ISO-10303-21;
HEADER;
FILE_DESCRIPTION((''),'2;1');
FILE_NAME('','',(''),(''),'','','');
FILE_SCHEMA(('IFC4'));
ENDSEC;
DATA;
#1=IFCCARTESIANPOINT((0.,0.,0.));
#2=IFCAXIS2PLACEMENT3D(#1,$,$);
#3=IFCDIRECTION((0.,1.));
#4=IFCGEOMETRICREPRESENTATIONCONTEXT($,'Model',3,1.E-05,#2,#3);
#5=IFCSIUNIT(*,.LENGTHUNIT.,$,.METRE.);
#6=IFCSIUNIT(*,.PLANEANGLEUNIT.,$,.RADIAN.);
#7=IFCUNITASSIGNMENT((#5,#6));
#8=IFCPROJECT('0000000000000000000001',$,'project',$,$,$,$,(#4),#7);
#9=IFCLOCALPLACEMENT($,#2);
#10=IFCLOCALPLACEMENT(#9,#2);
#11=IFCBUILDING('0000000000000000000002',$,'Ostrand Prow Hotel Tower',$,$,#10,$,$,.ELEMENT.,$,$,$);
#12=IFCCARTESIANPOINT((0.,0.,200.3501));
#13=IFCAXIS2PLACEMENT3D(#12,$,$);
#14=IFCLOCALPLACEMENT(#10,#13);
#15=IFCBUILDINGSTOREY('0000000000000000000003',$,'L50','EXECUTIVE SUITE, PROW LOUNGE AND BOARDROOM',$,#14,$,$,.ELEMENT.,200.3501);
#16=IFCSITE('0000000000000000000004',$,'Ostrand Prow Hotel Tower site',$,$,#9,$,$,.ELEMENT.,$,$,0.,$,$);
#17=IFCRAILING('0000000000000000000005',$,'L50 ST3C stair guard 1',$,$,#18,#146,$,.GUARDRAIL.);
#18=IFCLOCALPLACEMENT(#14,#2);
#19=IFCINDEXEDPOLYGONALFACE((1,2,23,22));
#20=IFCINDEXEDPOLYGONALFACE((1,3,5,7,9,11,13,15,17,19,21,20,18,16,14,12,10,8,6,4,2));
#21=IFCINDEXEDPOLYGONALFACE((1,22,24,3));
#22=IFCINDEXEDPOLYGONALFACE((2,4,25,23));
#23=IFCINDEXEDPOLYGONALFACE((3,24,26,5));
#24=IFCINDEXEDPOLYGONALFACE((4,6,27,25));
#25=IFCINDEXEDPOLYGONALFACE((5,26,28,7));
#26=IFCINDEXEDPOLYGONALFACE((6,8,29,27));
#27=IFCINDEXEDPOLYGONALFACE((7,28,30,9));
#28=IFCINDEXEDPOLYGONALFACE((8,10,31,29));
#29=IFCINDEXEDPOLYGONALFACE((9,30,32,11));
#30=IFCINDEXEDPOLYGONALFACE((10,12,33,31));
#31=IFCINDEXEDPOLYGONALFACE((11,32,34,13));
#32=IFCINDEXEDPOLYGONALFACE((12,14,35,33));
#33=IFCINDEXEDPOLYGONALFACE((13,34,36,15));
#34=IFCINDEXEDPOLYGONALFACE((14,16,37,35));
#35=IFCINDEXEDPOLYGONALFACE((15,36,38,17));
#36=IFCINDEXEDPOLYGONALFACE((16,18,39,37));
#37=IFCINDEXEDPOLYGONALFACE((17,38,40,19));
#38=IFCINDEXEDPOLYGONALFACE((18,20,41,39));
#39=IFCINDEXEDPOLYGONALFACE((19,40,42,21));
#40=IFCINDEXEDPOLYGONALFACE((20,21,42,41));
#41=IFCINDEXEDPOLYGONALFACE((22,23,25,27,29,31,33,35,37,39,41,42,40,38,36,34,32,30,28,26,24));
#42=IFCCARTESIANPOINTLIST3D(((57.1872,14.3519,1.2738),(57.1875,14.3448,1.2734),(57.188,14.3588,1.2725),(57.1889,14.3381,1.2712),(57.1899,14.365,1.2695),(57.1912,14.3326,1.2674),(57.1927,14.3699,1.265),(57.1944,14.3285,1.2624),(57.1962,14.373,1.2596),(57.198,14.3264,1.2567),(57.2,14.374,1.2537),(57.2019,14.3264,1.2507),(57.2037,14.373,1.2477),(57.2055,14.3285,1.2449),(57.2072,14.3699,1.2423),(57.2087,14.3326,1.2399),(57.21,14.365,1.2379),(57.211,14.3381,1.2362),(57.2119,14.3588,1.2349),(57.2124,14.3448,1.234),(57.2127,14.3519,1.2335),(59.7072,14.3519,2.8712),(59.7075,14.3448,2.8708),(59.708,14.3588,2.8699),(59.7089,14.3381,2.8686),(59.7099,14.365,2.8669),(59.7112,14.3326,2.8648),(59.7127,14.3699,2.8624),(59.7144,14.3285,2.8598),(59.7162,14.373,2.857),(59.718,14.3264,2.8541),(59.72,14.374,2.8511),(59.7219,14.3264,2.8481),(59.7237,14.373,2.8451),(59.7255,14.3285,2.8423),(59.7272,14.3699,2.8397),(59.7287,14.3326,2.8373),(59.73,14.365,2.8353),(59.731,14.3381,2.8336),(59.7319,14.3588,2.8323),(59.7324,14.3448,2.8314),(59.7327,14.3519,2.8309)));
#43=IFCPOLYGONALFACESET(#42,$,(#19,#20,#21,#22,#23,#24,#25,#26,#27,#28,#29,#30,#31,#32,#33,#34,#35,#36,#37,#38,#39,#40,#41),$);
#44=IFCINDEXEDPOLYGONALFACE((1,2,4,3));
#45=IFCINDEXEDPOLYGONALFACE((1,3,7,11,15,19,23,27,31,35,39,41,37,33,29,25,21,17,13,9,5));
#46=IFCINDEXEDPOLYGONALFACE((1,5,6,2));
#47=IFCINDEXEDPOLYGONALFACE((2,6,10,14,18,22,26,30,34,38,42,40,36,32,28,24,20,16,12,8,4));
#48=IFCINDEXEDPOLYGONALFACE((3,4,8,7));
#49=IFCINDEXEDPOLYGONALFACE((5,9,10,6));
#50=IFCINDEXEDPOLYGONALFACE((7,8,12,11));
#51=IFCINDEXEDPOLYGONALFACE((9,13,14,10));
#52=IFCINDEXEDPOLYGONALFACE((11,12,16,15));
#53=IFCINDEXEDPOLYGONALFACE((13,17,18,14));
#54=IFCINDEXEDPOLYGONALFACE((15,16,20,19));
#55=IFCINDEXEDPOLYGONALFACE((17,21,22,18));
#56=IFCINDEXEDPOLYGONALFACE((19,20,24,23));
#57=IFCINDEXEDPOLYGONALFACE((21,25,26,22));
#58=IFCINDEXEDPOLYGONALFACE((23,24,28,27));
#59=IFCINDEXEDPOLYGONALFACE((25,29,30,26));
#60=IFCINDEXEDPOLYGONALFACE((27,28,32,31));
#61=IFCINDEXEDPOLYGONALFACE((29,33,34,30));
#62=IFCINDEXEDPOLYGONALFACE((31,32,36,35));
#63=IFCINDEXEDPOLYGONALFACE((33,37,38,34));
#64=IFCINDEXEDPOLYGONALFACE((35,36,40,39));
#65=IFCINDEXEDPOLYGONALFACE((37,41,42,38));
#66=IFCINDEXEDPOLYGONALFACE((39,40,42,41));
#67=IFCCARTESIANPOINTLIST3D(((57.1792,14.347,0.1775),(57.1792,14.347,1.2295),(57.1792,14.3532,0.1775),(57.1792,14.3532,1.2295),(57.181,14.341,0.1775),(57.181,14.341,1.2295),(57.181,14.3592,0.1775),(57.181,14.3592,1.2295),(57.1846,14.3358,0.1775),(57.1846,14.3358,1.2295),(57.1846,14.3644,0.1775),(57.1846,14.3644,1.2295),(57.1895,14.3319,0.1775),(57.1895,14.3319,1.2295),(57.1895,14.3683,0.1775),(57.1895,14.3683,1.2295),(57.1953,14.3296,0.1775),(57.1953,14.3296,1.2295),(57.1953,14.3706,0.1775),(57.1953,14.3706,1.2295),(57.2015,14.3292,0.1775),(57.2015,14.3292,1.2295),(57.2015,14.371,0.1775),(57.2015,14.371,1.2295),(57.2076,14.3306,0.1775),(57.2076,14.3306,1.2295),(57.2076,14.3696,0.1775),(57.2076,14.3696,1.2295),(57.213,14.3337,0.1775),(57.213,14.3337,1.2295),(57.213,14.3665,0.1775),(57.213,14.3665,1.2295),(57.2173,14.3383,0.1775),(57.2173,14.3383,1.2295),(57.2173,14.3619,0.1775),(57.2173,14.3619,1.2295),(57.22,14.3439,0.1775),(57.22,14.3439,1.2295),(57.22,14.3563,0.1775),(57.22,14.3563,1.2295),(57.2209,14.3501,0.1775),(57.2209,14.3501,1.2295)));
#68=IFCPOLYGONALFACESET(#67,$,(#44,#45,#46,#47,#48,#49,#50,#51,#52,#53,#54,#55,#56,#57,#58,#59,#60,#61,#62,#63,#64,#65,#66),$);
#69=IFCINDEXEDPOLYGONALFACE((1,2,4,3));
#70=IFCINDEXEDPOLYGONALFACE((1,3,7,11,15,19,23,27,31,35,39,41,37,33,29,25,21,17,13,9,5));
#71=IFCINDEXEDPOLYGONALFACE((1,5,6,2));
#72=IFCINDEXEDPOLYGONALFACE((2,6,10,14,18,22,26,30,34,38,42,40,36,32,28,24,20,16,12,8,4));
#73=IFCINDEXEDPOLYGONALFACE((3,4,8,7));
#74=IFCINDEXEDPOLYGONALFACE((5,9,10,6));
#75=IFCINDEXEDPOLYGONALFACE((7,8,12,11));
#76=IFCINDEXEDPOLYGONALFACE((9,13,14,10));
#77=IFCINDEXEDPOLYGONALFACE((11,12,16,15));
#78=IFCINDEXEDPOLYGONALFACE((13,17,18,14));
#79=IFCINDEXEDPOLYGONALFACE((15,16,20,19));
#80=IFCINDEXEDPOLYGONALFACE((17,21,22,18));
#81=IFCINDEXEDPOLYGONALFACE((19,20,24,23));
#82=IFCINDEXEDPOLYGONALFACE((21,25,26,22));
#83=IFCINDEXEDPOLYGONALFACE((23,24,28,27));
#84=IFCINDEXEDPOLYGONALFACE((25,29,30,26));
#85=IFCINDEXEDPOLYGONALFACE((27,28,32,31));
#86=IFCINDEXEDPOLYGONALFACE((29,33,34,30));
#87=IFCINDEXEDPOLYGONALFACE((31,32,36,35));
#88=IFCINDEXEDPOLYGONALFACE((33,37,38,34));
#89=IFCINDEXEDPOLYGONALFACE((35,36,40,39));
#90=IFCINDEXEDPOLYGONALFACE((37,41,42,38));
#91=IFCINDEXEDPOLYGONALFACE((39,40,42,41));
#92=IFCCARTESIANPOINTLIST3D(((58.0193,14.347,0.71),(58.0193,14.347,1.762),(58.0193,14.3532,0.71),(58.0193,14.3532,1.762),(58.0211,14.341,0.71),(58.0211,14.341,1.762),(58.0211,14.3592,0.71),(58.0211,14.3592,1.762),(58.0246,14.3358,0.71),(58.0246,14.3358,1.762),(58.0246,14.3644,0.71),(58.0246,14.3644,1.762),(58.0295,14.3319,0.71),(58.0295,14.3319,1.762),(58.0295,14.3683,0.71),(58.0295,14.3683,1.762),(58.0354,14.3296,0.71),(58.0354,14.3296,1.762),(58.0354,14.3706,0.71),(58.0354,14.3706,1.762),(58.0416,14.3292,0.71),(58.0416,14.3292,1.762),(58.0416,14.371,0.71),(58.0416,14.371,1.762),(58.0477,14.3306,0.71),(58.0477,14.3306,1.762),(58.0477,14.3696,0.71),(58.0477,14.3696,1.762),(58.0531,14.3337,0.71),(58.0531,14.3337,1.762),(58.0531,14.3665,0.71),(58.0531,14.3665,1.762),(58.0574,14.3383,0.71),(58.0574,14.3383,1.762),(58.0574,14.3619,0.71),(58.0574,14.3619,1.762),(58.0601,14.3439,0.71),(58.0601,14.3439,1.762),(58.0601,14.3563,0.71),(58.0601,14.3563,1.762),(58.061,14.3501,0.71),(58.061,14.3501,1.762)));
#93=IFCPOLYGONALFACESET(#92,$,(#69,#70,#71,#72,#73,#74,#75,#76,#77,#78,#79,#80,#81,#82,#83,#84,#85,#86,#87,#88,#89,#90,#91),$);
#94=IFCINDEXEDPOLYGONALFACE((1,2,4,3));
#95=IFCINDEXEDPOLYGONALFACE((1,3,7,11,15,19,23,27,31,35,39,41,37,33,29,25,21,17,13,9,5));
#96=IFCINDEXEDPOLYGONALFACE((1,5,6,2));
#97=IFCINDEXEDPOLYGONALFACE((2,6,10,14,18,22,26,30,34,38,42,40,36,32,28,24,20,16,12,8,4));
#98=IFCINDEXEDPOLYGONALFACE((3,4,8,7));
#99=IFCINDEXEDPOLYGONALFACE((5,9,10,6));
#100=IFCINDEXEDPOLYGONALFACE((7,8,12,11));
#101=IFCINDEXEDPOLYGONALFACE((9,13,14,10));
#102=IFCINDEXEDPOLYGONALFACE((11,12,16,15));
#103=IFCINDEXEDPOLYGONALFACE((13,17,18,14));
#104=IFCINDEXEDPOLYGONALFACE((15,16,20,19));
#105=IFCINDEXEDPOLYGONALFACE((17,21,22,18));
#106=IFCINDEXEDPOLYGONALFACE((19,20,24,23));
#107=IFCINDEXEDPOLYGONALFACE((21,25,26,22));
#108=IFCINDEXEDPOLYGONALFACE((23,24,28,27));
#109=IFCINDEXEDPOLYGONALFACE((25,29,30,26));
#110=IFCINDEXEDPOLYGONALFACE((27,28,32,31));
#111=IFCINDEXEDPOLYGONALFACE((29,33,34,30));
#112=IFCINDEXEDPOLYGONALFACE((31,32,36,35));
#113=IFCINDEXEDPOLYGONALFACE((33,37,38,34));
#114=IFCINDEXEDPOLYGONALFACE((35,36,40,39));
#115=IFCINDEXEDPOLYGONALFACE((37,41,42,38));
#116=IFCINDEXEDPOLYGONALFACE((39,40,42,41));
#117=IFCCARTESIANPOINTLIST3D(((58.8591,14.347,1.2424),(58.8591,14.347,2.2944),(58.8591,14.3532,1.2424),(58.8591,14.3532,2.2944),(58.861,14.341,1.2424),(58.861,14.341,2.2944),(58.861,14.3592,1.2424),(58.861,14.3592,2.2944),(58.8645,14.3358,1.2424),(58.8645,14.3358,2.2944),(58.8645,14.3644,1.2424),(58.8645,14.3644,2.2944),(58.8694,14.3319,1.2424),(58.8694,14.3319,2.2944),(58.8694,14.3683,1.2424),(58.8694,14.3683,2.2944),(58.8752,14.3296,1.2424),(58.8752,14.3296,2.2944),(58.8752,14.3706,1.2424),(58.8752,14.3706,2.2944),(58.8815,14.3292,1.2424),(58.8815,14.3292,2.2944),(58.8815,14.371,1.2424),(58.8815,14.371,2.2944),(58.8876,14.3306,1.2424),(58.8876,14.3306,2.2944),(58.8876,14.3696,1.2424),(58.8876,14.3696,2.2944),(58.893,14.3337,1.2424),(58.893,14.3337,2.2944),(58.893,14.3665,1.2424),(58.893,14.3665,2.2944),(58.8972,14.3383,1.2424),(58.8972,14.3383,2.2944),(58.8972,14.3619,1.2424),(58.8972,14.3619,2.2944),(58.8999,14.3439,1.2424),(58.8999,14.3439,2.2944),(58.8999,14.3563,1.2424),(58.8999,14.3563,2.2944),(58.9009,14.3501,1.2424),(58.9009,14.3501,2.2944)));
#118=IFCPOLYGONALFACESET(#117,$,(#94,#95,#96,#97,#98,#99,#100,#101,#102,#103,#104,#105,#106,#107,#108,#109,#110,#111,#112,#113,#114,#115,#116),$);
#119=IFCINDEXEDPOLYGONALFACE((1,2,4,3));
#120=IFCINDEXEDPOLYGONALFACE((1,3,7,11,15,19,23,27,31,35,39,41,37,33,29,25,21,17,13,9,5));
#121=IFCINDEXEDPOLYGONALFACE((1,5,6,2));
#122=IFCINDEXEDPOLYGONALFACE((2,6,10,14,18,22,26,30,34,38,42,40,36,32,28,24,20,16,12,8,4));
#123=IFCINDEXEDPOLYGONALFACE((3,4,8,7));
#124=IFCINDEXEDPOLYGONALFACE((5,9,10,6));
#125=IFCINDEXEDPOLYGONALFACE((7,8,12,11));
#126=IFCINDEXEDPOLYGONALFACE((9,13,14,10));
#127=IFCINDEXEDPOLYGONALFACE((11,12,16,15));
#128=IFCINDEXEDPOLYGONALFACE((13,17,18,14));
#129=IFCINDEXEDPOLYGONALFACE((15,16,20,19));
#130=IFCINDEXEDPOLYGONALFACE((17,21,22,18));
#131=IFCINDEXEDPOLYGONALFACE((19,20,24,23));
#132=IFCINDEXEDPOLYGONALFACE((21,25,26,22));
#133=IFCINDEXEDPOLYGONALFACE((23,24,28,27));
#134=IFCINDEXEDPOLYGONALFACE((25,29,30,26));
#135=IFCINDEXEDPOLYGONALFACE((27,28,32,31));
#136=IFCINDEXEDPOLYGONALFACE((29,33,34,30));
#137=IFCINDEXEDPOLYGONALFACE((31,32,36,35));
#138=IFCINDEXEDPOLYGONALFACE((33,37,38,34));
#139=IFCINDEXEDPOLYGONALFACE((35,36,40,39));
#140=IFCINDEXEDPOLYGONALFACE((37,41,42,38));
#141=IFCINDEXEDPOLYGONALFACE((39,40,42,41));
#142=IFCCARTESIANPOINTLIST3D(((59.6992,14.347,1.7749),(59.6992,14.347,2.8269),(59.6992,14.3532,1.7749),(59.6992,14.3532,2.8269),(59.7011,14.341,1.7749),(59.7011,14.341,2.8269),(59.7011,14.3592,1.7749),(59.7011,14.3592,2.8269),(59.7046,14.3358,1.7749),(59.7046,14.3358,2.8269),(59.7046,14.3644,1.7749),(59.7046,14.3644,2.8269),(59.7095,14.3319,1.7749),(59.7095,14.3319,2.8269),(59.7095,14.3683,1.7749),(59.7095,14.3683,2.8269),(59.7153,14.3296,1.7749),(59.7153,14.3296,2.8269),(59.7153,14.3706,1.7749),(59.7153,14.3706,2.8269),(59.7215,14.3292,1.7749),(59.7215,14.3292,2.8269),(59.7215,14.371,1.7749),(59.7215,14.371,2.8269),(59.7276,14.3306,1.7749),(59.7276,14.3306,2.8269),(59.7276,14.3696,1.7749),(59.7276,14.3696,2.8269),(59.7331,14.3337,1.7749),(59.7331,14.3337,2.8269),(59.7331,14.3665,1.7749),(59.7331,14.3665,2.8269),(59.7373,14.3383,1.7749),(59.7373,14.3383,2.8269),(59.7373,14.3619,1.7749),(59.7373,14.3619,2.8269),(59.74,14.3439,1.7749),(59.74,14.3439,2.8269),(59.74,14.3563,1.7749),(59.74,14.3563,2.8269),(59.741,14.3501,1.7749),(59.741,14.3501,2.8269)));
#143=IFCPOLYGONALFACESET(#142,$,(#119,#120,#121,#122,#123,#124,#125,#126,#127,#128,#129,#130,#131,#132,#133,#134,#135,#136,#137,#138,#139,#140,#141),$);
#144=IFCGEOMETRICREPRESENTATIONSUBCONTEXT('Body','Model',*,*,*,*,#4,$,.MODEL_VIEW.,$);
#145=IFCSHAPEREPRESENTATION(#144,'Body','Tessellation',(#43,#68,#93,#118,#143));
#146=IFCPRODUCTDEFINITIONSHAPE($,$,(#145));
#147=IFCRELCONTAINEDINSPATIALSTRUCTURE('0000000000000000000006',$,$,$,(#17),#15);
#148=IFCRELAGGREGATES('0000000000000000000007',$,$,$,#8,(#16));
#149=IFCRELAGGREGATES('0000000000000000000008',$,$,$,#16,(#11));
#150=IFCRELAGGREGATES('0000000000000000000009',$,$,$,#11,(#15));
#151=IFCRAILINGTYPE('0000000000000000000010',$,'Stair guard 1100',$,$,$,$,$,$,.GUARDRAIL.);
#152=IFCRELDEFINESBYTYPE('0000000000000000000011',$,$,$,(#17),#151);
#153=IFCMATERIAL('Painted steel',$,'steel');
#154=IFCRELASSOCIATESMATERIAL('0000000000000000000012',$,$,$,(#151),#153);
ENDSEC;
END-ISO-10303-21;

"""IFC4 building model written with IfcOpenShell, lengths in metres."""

from ifc_helpers import new_model, si_unit, direction, frame, origin, origin_2d, place, context, subcontext, project, spatial, circle, extrude, material, type_object, element, save


model = new_model("IFC4")

# Units and contexts
model_context = context("Model", 3, precision=1e-05, world=origin(), true_north=direction((0.0, 1.0)))
body_context = subcontext(model_context, "Body", "Model", "MODEL_VIEW")
ifc_project = project(units=[si_unit("LENGTHUNIT", "METRE"), si_unit("PLANEANGLEUNIT", "RADIAN")], contexts=[model_context])

# Site, building, storey
site_placement = place(None, origin())
site = spatial("IfcSite", under=ifc_project, at=site_placement, Name="Ostrand Prow Hotel Tower site", CompositionType="ELEMENT", RefElevation=0.0)
building_placement = place(site_placement, origin())
building = spatial("IfcBuilding", under=site, at=building_placement, Name="Ostrand Prow Hotel Tower", CompositionType="ELEMENT")
storey_placement = place(building_placement, frame((0.0, 0.0, 200.3501)))
storey = spatial("IfcBuildingStorey", under=building, at=storey_placement, Name="L50", Description="EXECUTIVE SUITE, PROW LOUNGE AND BOARDROOM", CompositionType="ELEMENT", Elevation=200.3501)

# Railing
ifc_material_1 = material(Name="Painted steel", Category="steel")
railing_type_1 = type_object("IfcRailingType", Name="Stair guard 1100", PredefinedType="GUARDRAIL", material=ifc_material_1)
railing_1_placement = place(storey_placement, frame((57.2, 14.3501, 0.1775)))
element("IfcRailing", 1, at=railing_1_placement, inside=storey, type_object=railing_type_1, Name="L50 ST3C stair guard 1", PredefinedType="GUARDRAIL", context=body_context, shape_type="SweptSolid", body=[
    extrude(circle(Radius=0.0239, at=origin_2d()), frame((0.0, 0.0, 1.0762), z_axis=(0.844607, 0.0, 0.535387), x_axis=(0.0, 1.0, 0.0)), (0.0, 0.0, 1.0), 2.9836),
    extrude(circle(Radius=0.021, at=origin_2d()), origin(), (0.0, 0.0, 1.0), 1.052),
    extrude(circle(Radius=0.021, at=origin_2d()), frame((0.8401, 0.0, 0.5325)), (0.0, 0.0, 1.0), 1.052),
    extrude(circle(Radius=0.021, at=origin_2d()), frame((1.6799, 0.0, 1.0649)), (0.0, 0.0, 1.0), 1.052),
    extrude(circle(Radius=0.021, at=origin_2d()), frame((2.52, 0.0, 1.5974)), (0.0, 0.0, 1.0), 1.052),
])

save(model, "model.ifc")
